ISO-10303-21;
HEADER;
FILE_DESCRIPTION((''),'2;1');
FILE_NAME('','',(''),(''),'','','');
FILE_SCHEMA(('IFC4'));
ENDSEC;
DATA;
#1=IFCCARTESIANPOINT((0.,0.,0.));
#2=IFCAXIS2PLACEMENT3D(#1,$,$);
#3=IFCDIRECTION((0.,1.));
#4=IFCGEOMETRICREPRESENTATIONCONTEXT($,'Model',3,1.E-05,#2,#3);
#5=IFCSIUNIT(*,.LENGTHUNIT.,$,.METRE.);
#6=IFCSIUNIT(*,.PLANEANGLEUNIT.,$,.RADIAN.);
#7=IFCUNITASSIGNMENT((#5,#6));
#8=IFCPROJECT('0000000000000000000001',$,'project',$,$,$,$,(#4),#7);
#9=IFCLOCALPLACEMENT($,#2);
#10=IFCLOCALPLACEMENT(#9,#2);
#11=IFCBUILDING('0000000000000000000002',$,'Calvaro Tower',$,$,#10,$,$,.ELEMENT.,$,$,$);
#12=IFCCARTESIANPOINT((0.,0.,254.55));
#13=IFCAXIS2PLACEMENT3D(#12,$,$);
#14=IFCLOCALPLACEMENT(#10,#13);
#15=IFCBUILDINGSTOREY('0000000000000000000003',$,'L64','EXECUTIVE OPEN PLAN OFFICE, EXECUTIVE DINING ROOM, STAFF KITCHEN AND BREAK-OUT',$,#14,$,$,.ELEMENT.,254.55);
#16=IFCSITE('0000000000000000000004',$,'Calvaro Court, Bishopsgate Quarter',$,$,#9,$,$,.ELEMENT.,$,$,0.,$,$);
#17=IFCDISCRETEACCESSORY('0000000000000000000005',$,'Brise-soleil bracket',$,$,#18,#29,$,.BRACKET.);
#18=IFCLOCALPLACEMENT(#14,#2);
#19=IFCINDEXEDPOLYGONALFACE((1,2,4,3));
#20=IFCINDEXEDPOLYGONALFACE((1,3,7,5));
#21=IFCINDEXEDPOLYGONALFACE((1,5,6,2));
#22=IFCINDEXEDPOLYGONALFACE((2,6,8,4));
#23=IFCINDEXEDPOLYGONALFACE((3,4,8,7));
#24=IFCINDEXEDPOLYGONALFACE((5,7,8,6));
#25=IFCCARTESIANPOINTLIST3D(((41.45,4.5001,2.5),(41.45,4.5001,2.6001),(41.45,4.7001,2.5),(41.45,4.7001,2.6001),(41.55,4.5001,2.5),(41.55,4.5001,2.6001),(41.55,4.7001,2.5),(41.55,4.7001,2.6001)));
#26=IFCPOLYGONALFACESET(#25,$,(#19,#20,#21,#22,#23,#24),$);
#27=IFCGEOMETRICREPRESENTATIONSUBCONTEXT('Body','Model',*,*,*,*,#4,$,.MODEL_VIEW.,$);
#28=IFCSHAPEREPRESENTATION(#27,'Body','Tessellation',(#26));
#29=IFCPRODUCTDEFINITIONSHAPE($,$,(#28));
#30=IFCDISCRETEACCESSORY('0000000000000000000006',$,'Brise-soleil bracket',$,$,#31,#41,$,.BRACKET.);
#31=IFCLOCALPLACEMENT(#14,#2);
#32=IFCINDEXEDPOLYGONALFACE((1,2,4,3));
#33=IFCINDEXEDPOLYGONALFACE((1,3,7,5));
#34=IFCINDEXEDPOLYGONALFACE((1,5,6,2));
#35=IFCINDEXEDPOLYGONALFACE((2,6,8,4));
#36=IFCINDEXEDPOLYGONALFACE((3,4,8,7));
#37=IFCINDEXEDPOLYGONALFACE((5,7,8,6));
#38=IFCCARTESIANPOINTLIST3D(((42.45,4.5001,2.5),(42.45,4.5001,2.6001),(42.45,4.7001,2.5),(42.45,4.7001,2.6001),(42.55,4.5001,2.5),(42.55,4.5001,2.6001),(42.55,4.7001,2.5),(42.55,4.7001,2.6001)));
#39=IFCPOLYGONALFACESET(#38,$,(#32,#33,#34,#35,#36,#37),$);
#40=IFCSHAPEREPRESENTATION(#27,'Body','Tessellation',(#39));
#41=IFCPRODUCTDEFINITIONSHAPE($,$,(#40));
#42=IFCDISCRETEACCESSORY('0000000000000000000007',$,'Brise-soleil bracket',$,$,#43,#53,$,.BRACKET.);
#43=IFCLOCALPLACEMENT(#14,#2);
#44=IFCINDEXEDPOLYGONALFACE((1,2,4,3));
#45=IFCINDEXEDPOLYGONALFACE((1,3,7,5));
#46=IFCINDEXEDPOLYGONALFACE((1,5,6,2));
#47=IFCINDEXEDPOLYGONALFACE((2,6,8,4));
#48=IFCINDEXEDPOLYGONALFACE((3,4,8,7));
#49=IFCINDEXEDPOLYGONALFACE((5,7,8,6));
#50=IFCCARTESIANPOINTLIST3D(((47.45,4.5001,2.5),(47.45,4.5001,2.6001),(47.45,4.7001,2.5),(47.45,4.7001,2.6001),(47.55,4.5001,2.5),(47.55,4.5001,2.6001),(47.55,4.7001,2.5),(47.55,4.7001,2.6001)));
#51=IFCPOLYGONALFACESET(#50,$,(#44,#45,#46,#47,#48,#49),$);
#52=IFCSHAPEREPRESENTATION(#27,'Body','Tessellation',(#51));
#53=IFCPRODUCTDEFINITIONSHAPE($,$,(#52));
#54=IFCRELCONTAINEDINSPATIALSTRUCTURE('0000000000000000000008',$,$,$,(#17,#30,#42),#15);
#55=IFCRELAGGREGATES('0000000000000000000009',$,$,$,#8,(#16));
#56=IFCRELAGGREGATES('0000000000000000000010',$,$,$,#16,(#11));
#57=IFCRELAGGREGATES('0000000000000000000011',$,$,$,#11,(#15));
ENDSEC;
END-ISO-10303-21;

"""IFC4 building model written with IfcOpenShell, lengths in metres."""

from ifc_helpers import new_model, si_unit, direction, frame, origin, origin_2d, place, context, subcontext, project, spatial, rectangle, extrude, element, save


model = new_model("IFC4")

# Units and contexts
model_context = context("Model", 3, precision=1e-05, world=origin(), true_north=direction((0.0, 1.0)))
body_context = subcontext(model_context, "Body", "Model", "MODEL_VIEW")
ifc_project = project(units=[si_unit("LENGTHUNIT", "METRE"), si_unit("PLANEANGLEUNIT", "RADIAN")], contexts=[model_context])

# Site, building, storey
site_placement = place(None, origin())
site = spatial("IfcSite", under=ifc_project, at=site_placement, Name="Calvaro Court, Bishopsgate Quarter", CompositionType="ELEMENT", RefElevation=0.0)
building_placement = place(site_placement, origin())
building = spatial("IfcBuilding", under=site, at=building_placement, Name="Calvaro Tower", CompositionType="ELEMENT")
storey_placement = place(building_placement, frame((0.0, 0.0, 254.55)))
storey = spatial("IfcBuildingStorey", under=building, at=storey_placement, Name="L64", Description="EXECUTIVE OPEN PLAN OFFICE, EXECUTIVE DINING ROOM, STAFF KITCHEN AND BREAK-OUT", CompositionType="ELEMENT", Elevation=254.55)

# Discrete accessories
for number, where, z_axis, x_axis, name in (
    (1, (41.5, 4.6001, 2.5), (0.0, 0.0, 1.0), (1.0, 0.0, 0.0), "Brise-soleil bracket"),
    (2, (42.5, 4.6001, 2.5), (0.0, 0.0, 1.0), (1.0, 0.0, 0.0), "Brise-soleil bracket"),
    (3, (47.5, 4.6001, 2.5), (0.0, 0.0, 1.0), (1.0, 0.0, 0.0), "Brise-soleil bracket"),
):
    element("IfcDiscreteAccessory", number, at=place(storey_placement, frame(where, z_axis=z_axis, x_axis=x_axis)), inside=storey, Name=name, PredefinedType="BRACKET", context=body_context, shape_type="SweptSolid", body=[
        extrude(rectangle(XDim=0.1001, YDim=0.2, at=origin_2d()), origin(), (0.0, 0.0, 1.0), 0.1001),
    ])

save(model, "model.ifc")
